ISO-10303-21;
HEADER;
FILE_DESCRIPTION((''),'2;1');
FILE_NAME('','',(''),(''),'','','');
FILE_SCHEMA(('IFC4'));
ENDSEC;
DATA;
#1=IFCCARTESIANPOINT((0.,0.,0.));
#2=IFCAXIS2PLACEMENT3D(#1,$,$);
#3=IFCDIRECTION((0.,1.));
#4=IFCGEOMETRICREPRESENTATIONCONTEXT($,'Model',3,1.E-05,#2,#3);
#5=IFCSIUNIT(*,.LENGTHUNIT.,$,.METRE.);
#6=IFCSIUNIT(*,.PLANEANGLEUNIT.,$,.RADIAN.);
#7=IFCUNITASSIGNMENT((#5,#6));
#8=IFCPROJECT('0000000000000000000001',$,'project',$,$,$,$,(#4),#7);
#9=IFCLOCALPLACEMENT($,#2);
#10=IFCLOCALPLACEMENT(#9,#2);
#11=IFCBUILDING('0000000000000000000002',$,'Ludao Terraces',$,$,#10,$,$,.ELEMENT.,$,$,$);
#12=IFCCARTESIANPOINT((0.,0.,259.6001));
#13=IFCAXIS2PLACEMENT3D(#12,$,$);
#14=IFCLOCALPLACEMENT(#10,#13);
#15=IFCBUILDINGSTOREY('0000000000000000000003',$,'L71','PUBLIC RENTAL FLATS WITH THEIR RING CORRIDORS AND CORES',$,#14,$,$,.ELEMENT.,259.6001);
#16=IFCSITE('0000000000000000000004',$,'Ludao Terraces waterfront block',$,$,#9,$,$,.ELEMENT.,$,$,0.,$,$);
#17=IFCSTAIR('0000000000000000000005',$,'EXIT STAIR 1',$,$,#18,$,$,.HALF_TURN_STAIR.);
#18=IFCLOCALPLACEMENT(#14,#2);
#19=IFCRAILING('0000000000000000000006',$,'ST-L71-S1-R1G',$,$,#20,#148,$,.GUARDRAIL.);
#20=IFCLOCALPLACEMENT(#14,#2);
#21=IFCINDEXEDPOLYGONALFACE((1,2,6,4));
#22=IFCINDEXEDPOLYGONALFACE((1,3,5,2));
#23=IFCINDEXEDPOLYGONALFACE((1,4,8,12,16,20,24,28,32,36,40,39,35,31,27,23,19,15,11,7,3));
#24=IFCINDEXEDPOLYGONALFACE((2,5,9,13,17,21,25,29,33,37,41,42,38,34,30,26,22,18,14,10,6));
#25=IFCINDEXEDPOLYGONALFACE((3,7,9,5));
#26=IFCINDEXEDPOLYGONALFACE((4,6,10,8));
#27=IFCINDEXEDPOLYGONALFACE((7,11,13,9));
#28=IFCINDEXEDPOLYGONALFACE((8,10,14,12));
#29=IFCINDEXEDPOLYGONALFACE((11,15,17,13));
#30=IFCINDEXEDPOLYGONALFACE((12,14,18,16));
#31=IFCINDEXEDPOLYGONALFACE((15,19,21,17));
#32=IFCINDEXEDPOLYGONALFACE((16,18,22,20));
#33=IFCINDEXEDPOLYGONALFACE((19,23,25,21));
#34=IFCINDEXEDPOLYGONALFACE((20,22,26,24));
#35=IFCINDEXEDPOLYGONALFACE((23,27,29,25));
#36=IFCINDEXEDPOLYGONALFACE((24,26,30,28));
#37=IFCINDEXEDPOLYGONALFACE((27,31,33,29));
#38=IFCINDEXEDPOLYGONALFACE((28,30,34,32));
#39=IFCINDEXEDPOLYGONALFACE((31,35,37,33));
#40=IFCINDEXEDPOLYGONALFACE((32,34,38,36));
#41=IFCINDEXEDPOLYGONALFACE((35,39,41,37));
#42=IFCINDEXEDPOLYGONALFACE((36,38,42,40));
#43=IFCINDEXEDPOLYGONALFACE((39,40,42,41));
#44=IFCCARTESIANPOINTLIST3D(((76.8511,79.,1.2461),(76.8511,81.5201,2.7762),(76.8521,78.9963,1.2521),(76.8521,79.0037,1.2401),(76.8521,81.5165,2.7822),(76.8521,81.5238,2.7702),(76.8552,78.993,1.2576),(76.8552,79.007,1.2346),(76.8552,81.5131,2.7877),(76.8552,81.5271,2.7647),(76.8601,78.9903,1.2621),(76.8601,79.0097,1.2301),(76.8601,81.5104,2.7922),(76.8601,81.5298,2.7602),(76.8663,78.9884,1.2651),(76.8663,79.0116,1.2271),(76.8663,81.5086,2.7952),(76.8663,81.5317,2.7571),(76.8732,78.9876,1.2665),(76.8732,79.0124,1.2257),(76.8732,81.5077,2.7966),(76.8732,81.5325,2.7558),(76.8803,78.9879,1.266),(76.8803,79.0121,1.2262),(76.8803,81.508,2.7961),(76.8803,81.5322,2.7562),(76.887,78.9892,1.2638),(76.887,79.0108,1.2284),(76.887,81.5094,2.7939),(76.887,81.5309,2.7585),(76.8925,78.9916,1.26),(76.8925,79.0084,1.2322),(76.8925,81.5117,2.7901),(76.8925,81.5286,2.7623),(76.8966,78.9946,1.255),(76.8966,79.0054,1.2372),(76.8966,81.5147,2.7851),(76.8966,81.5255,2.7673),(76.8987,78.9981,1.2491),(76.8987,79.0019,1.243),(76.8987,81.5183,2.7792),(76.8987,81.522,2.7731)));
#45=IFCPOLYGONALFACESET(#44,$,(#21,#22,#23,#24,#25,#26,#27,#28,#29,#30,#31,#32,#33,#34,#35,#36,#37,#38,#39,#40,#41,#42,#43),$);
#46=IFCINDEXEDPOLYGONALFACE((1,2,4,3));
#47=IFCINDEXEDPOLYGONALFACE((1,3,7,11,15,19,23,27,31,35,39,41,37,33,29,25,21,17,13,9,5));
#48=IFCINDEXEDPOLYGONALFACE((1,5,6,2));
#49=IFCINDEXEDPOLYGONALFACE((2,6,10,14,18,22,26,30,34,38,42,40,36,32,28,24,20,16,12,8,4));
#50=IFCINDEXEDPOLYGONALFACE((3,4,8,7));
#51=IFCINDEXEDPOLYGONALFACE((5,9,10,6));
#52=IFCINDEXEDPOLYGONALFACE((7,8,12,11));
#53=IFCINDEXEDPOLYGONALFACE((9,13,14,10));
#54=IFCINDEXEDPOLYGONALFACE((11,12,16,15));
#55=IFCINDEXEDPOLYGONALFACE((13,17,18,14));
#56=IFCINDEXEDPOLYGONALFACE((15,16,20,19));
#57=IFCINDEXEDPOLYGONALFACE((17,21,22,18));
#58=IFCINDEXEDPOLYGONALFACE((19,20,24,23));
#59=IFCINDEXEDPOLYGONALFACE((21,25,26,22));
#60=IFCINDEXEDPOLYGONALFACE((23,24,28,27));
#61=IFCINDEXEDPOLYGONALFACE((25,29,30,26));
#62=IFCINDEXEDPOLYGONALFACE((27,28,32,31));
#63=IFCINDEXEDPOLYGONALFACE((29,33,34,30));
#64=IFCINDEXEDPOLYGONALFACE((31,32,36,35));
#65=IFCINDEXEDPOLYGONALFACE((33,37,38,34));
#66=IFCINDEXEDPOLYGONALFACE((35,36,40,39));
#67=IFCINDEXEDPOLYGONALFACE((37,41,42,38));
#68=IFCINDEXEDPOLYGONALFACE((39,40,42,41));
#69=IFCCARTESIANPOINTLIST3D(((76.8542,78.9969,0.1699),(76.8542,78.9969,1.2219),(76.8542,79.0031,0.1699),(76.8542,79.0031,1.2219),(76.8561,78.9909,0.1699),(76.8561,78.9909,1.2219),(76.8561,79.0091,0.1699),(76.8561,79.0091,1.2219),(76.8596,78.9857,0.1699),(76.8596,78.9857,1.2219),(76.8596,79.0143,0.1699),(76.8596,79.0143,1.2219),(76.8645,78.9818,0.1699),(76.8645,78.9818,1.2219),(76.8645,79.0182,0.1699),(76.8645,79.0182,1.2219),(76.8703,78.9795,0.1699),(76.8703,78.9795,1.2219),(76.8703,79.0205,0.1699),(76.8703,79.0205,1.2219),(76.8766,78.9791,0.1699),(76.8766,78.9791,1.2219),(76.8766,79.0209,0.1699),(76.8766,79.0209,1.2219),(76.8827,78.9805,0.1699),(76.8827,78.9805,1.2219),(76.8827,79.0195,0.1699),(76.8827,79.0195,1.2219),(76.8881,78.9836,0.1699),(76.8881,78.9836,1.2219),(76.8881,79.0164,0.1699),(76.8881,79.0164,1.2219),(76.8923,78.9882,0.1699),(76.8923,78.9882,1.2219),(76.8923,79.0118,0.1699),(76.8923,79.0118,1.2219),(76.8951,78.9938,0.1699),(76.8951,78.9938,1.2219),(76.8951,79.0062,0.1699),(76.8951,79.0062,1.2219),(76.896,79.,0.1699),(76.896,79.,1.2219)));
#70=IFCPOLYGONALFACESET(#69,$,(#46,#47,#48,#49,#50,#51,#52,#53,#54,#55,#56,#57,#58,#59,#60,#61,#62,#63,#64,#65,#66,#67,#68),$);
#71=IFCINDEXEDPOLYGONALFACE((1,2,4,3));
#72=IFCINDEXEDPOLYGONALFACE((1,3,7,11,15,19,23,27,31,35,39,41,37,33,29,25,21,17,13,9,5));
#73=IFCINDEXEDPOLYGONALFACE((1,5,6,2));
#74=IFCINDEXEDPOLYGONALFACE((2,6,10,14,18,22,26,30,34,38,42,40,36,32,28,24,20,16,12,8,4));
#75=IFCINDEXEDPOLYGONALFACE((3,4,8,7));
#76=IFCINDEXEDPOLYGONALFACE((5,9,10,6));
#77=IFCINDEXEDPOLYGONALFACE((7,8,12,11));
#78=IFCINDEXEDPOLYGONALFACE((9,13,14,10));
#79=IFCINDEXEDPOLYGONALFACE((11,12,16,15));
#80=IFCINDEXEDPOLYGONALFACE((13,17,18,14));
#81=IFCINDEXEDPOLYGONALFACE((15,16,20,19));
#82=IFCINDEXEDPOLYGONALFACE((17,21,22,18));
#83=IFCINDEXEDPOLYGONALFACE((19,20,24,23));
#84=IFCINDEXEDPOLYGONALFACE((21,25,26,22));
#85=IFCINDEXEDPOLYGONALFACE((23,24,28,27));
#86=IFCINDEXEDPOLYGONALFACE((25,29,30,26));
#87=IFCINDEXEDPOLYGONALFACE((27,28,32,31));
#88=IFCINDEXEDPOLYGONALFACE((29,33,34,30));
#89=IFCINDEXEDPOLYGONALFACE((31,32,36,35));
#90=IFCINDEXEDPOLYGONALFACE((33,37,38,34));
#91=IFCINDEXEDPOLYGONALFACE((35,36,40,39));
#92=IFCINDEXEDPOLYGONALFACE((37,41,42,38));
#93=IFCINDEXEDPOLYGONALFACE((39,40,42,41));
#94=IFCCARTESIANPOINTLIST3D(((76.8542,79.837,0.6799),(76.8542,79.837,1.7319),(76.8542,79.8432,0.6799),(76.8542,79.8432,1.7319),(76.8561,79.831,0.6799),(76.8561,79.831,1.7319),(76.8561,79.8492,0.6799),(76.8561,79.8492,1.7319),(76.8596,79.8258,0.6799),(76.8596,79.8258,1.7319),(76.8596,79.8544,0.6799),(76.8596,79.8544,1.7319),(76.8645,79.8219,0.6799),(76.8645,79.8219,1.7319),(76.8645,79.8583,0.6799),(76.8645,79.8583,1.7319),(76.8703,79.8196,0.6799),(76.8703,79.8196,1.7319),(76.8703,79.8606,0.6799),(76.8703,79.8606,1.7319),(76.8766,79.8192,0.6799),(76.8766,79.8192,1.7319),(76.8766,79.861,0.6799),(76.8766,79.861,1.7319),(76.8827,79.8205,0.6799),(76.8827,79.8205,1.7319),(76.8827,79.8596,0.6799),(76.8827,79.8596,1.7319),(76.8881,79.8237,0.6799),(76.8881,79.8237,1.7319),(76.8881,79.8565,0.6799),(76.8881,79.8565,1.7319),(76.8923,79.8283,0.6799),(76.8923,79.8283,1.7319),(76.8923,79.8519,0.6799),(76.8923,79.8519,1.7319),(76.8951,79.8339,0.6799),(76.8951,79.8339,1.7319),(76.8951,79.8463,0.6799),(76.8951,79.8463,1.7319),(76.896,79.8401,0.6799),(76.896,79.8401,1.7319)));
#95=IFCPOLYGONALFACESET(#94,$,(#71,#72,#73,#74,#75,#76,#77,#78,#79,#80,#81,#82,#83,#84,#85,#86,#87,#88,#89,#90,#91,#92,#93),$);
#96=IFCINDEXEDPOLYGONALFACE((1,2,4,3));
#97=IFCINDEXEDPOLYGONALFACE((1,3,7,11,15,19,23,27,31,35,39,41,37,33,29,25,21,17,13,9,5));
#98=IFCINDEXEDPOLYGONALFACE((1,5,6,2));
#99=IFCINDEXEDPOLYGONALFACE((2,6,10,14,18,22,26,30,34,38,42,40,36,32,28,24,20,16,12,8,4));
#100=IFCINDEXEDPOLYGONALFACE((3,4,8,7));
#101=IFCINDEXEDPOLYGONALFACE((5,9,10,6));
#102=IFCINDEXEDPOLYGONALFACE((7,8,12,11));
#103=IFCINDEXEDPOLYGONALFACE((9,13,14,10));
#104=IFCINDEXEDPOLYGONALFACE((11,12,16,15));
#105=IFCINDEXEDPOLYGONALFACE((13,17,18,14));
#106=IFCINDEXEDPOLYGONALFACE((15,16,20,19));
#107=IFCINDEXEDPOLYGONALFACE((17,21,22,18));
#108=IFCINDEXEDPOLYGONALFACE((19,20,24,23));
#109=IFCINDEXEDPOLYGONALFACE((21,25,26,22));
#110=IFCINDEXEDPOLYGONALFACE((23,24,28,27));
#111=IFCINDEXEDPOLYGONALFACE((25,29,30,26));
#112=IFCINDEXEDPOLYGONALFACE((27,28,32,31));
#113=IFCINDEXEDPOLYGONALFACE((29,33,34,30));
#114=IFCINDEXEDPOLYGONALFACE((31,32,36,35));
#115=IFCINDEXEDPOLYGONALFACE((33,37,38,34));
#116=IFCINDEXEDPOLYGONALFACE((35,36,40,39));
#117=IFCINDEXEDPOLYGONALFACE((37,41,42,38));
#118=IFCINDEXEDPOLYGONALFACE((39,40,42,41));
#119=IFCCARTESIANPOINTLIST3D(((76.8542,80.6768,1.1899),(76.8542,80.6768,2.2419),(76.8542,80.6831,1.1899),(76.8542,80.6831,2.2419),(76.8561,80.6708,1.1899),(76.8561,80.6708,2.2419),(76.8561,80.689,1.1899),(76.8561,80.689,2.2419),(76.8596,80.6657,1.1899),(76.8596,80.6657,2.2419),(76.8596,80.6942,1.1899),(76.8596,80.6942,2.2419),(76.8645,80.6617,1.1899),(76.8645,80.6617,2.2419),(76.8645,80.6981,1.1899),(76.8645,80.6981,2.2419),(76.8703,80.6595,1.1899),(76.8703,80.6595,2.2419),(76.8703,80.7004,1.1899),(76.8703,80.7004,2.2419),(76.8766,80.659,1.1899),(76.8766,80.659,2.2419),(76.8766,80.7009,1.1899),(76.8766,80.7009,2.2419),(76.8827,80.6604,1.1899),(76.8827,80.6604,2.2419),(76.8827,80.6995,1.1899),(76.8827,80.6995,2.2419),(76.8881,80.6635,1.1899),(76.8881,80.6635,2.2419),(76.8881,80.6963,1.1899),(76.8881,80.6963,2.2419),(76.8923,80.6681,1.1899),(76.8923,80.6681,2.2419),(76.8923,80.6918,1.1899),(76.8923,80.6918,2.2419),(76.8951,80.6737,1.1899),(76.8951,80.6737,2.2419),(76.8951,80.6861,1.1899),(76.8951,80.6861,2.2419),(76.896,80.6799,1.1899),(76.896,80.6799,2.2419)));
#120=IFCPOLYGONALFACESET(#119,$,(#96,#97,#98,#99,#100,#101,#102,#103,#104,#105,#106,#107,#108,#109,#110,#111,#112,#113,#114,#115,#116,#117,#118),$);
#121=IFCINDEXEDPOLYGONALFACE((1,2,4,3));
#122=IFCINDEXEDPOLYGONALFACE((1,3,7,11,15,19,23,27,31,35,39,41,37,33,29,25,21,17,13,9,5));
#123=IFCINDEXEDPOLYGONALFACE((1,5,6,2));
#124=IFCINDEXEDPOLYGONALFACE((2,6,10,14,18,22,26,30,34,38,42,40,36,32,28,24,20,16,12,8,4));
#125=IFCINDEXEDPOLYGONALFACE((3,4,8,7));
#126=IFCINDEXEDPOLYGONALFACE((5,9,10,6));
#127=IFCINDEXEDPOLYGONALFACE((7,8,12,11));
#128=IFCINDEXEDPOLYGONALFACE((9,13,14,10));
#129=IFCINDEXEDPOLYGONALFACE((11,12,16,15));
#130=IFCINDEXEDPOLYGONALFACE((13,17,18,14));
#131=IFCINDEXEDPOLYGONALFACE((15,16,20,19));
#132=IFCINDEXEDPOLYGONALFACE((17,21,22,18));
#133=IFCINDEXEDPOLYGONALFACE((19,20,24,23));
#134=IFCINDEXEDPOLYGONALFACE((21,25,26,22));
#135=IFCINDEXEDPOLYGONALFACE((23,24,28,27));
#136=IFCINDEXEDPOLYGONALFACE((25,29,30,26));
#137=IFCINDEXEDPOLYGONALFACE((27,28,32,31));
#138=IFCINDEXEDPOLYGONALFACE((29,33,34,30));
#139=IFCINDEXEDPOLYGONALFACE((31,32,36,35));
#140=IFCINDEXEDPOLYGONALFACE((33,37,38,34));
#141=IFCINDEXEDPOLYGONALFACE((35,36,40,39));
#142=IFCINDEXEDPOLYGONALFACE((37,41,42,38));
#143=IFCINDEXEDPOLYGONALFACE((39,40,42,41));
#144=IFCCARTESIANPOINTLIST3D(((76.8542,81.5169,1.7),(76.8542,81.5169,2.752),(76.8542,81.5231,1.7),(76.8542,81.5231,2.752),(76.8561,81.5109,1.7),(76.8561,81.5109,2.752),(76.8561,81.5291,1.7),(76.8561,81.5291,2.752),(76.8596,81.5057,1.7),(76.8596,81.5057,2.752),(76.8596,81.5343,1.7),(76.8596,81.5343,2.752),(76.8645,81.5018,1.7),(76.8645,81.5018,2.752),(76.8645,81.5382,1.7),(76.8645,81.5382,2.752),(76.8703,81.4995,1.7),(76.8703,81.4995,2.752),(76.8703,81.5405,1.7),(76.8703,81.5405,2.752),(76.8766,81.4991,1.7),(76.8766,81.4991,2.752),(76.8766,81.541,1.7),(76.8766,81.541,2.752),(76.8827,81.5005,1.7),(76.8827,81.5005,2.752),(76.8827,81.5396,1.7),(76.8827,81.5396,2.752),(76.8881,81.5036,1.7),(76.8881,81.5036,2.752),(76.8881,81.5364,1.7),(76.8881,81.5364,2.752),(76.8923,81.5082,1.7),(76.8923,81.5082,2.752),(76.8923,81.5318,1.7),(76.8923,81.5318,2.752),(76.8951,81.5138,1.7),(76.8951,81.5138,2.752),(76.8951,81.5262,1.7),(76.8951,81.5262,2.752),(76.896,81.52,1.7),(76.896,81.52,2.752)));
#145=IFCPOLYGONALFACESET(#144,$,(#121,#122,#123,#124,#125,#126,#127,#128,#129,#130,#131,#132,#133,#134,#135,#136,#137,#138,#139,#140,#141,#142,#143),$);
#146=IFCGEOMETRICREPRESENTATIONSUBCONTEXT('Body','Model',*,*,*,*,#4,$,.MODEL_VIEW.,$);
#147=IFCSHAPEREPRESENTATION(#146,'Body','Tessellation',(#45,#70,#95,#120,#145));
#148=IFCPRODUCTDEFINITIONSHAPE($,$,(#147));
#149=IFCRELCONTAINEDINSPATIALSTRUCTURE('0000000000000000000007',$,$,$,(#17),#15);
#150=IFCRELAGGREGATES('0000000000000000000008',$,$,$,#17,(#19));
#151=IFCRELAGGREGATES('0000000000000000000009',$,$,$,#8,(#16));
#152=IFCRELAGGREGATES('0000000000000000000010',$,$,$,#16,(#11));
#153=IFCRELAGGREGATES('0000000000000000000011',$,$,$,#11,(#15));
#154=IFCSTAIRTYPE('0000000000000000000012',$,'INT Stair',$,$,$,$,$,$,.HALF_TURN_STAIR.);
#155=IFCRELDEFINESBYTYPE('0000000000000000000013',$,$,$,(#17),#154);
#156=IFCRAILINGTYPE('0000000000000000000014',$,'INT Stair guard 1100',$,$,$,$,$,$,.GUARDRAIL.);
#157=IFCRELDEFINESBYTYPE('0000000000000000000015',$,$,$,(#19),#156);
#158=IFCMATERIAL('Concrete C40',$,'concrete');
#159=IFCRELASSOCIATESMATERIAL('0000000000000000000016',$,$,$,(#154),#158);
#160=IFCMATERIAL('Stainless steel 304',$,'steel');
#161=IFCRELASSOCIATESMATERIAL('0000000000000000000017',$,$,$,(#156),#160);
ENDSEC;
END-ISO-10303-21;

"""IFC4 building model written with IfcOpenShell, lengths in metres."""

from ifc_helpers import new_model, si_unit, direction, frame, origin, origin_2d, place, context, subcontext, project, spatial, circle, extrude, material, type_object, element, aggregate, save


model = new_model("IFC4")

# Units and contexts
model_context = context("Model", 3, precision=1e-05, world=origin(), true_north=direction((0.0, 1.0)))
body_context = subcontext(model_context, "Body", "Model", "MODEL_VIEW")
ifc_project = project(units=[si_unit("LENGTHUNIT", "METRE"), si_unit("PLANEANGLEUNIT", "RADIAN")], contexts=[model_context])

# Site, building, storey
site_placement = place(None, origin())
site = spatial("IfcSite", under=ifc_project, at=site_placement, Name="Ludao Terraces waterfront block", CompositionType="ELEMENT", RefElevation=0.0)
building_placement = place(site_placement, origin())
building = spatial("IfcBuilding", under=site, at=building_placement, Name="Ludao Terraces", CompositionType="ELEMENT")
storey_placement = place(building_placement, frame((0.0, 0.0, 259.6001)))
storey = spatial("IfcBuildingStorey", under=building, at=storey_placement, Name="L71", Description="PUBLIC RENTAL FLATS WITH THEIR RING CORRIDORS AND CORES", CompositionType="ELEMENT", Elevation=259.6001)

# Shared definitions
ifc_material_1 = material(Name="Concrete C40", Category="concrete")

# Shared definitions
ifc_material_2 = material(Name="Stainless steel 304", Category="steel")

# Stair, railing
stair_type = type_object("IfcStairType", Name="INT Stair", PredefinedType="HALF_TURN_STAIR", material=ifc_material_1)
stair_placement = place(storey_placement, origin())
stair = element("IfcStair", 1, at=stair_placement, inside=storey, type_object=stair_type, Name="EXIT STAIR 1", PredefinedType="HALF_TURN_STAIR")
railing_type_1 = type_object("IfcRailingType", Name="INT Stair guard 1100", PredefinedType="GUARDRAIL", material=ifc_material_2)
railing_1_placement = place(storey_placement, frame((76.875, 79.0, 0.1699)))
railing_1 = element("IfcRailing", 2, at=railing_1_placement, type_object=railing_type_1, Name="ST-L71-S1-R1G", PredefinedType="GUARDRAIL", context=body_context, shape_type="SweptSolid", body=[
    extrude(circle(Radius=0.0239, at=origin_2d()), frame((0.0, 0.0, 1.0762), z_axis=(0.0, 0.854785, 0.518982), x_axis=(-1.0, 0.0, 0.0)), (0.0, 0.0, 1.0), 2.9482),
    extrude(circle(Radius=0.021, at=origin_2d()), origin(), (0.0, 0.0, 1.0), 1.052),
    extrude(circle(Radius=0.021, at=origin_2d()), frame((0.0, 0.8401, 0.51)), (0.0, 0.0, 1.0), 1.052),
    extrude(circle(Radius=0.021, at=origin_2d()), frame((0.0, 1.6799, 1.02)), (0.0, 0.0, 1.0), 1.052),
    extrude(circle(Radius=0.021, at=origin_2d()), frame((0.0, 2.52, 1.53)), (0.0, 0.0, 1.0), 1.052),
])
aggregate(stair, [railing_1])

save(model, "model.ifc")
